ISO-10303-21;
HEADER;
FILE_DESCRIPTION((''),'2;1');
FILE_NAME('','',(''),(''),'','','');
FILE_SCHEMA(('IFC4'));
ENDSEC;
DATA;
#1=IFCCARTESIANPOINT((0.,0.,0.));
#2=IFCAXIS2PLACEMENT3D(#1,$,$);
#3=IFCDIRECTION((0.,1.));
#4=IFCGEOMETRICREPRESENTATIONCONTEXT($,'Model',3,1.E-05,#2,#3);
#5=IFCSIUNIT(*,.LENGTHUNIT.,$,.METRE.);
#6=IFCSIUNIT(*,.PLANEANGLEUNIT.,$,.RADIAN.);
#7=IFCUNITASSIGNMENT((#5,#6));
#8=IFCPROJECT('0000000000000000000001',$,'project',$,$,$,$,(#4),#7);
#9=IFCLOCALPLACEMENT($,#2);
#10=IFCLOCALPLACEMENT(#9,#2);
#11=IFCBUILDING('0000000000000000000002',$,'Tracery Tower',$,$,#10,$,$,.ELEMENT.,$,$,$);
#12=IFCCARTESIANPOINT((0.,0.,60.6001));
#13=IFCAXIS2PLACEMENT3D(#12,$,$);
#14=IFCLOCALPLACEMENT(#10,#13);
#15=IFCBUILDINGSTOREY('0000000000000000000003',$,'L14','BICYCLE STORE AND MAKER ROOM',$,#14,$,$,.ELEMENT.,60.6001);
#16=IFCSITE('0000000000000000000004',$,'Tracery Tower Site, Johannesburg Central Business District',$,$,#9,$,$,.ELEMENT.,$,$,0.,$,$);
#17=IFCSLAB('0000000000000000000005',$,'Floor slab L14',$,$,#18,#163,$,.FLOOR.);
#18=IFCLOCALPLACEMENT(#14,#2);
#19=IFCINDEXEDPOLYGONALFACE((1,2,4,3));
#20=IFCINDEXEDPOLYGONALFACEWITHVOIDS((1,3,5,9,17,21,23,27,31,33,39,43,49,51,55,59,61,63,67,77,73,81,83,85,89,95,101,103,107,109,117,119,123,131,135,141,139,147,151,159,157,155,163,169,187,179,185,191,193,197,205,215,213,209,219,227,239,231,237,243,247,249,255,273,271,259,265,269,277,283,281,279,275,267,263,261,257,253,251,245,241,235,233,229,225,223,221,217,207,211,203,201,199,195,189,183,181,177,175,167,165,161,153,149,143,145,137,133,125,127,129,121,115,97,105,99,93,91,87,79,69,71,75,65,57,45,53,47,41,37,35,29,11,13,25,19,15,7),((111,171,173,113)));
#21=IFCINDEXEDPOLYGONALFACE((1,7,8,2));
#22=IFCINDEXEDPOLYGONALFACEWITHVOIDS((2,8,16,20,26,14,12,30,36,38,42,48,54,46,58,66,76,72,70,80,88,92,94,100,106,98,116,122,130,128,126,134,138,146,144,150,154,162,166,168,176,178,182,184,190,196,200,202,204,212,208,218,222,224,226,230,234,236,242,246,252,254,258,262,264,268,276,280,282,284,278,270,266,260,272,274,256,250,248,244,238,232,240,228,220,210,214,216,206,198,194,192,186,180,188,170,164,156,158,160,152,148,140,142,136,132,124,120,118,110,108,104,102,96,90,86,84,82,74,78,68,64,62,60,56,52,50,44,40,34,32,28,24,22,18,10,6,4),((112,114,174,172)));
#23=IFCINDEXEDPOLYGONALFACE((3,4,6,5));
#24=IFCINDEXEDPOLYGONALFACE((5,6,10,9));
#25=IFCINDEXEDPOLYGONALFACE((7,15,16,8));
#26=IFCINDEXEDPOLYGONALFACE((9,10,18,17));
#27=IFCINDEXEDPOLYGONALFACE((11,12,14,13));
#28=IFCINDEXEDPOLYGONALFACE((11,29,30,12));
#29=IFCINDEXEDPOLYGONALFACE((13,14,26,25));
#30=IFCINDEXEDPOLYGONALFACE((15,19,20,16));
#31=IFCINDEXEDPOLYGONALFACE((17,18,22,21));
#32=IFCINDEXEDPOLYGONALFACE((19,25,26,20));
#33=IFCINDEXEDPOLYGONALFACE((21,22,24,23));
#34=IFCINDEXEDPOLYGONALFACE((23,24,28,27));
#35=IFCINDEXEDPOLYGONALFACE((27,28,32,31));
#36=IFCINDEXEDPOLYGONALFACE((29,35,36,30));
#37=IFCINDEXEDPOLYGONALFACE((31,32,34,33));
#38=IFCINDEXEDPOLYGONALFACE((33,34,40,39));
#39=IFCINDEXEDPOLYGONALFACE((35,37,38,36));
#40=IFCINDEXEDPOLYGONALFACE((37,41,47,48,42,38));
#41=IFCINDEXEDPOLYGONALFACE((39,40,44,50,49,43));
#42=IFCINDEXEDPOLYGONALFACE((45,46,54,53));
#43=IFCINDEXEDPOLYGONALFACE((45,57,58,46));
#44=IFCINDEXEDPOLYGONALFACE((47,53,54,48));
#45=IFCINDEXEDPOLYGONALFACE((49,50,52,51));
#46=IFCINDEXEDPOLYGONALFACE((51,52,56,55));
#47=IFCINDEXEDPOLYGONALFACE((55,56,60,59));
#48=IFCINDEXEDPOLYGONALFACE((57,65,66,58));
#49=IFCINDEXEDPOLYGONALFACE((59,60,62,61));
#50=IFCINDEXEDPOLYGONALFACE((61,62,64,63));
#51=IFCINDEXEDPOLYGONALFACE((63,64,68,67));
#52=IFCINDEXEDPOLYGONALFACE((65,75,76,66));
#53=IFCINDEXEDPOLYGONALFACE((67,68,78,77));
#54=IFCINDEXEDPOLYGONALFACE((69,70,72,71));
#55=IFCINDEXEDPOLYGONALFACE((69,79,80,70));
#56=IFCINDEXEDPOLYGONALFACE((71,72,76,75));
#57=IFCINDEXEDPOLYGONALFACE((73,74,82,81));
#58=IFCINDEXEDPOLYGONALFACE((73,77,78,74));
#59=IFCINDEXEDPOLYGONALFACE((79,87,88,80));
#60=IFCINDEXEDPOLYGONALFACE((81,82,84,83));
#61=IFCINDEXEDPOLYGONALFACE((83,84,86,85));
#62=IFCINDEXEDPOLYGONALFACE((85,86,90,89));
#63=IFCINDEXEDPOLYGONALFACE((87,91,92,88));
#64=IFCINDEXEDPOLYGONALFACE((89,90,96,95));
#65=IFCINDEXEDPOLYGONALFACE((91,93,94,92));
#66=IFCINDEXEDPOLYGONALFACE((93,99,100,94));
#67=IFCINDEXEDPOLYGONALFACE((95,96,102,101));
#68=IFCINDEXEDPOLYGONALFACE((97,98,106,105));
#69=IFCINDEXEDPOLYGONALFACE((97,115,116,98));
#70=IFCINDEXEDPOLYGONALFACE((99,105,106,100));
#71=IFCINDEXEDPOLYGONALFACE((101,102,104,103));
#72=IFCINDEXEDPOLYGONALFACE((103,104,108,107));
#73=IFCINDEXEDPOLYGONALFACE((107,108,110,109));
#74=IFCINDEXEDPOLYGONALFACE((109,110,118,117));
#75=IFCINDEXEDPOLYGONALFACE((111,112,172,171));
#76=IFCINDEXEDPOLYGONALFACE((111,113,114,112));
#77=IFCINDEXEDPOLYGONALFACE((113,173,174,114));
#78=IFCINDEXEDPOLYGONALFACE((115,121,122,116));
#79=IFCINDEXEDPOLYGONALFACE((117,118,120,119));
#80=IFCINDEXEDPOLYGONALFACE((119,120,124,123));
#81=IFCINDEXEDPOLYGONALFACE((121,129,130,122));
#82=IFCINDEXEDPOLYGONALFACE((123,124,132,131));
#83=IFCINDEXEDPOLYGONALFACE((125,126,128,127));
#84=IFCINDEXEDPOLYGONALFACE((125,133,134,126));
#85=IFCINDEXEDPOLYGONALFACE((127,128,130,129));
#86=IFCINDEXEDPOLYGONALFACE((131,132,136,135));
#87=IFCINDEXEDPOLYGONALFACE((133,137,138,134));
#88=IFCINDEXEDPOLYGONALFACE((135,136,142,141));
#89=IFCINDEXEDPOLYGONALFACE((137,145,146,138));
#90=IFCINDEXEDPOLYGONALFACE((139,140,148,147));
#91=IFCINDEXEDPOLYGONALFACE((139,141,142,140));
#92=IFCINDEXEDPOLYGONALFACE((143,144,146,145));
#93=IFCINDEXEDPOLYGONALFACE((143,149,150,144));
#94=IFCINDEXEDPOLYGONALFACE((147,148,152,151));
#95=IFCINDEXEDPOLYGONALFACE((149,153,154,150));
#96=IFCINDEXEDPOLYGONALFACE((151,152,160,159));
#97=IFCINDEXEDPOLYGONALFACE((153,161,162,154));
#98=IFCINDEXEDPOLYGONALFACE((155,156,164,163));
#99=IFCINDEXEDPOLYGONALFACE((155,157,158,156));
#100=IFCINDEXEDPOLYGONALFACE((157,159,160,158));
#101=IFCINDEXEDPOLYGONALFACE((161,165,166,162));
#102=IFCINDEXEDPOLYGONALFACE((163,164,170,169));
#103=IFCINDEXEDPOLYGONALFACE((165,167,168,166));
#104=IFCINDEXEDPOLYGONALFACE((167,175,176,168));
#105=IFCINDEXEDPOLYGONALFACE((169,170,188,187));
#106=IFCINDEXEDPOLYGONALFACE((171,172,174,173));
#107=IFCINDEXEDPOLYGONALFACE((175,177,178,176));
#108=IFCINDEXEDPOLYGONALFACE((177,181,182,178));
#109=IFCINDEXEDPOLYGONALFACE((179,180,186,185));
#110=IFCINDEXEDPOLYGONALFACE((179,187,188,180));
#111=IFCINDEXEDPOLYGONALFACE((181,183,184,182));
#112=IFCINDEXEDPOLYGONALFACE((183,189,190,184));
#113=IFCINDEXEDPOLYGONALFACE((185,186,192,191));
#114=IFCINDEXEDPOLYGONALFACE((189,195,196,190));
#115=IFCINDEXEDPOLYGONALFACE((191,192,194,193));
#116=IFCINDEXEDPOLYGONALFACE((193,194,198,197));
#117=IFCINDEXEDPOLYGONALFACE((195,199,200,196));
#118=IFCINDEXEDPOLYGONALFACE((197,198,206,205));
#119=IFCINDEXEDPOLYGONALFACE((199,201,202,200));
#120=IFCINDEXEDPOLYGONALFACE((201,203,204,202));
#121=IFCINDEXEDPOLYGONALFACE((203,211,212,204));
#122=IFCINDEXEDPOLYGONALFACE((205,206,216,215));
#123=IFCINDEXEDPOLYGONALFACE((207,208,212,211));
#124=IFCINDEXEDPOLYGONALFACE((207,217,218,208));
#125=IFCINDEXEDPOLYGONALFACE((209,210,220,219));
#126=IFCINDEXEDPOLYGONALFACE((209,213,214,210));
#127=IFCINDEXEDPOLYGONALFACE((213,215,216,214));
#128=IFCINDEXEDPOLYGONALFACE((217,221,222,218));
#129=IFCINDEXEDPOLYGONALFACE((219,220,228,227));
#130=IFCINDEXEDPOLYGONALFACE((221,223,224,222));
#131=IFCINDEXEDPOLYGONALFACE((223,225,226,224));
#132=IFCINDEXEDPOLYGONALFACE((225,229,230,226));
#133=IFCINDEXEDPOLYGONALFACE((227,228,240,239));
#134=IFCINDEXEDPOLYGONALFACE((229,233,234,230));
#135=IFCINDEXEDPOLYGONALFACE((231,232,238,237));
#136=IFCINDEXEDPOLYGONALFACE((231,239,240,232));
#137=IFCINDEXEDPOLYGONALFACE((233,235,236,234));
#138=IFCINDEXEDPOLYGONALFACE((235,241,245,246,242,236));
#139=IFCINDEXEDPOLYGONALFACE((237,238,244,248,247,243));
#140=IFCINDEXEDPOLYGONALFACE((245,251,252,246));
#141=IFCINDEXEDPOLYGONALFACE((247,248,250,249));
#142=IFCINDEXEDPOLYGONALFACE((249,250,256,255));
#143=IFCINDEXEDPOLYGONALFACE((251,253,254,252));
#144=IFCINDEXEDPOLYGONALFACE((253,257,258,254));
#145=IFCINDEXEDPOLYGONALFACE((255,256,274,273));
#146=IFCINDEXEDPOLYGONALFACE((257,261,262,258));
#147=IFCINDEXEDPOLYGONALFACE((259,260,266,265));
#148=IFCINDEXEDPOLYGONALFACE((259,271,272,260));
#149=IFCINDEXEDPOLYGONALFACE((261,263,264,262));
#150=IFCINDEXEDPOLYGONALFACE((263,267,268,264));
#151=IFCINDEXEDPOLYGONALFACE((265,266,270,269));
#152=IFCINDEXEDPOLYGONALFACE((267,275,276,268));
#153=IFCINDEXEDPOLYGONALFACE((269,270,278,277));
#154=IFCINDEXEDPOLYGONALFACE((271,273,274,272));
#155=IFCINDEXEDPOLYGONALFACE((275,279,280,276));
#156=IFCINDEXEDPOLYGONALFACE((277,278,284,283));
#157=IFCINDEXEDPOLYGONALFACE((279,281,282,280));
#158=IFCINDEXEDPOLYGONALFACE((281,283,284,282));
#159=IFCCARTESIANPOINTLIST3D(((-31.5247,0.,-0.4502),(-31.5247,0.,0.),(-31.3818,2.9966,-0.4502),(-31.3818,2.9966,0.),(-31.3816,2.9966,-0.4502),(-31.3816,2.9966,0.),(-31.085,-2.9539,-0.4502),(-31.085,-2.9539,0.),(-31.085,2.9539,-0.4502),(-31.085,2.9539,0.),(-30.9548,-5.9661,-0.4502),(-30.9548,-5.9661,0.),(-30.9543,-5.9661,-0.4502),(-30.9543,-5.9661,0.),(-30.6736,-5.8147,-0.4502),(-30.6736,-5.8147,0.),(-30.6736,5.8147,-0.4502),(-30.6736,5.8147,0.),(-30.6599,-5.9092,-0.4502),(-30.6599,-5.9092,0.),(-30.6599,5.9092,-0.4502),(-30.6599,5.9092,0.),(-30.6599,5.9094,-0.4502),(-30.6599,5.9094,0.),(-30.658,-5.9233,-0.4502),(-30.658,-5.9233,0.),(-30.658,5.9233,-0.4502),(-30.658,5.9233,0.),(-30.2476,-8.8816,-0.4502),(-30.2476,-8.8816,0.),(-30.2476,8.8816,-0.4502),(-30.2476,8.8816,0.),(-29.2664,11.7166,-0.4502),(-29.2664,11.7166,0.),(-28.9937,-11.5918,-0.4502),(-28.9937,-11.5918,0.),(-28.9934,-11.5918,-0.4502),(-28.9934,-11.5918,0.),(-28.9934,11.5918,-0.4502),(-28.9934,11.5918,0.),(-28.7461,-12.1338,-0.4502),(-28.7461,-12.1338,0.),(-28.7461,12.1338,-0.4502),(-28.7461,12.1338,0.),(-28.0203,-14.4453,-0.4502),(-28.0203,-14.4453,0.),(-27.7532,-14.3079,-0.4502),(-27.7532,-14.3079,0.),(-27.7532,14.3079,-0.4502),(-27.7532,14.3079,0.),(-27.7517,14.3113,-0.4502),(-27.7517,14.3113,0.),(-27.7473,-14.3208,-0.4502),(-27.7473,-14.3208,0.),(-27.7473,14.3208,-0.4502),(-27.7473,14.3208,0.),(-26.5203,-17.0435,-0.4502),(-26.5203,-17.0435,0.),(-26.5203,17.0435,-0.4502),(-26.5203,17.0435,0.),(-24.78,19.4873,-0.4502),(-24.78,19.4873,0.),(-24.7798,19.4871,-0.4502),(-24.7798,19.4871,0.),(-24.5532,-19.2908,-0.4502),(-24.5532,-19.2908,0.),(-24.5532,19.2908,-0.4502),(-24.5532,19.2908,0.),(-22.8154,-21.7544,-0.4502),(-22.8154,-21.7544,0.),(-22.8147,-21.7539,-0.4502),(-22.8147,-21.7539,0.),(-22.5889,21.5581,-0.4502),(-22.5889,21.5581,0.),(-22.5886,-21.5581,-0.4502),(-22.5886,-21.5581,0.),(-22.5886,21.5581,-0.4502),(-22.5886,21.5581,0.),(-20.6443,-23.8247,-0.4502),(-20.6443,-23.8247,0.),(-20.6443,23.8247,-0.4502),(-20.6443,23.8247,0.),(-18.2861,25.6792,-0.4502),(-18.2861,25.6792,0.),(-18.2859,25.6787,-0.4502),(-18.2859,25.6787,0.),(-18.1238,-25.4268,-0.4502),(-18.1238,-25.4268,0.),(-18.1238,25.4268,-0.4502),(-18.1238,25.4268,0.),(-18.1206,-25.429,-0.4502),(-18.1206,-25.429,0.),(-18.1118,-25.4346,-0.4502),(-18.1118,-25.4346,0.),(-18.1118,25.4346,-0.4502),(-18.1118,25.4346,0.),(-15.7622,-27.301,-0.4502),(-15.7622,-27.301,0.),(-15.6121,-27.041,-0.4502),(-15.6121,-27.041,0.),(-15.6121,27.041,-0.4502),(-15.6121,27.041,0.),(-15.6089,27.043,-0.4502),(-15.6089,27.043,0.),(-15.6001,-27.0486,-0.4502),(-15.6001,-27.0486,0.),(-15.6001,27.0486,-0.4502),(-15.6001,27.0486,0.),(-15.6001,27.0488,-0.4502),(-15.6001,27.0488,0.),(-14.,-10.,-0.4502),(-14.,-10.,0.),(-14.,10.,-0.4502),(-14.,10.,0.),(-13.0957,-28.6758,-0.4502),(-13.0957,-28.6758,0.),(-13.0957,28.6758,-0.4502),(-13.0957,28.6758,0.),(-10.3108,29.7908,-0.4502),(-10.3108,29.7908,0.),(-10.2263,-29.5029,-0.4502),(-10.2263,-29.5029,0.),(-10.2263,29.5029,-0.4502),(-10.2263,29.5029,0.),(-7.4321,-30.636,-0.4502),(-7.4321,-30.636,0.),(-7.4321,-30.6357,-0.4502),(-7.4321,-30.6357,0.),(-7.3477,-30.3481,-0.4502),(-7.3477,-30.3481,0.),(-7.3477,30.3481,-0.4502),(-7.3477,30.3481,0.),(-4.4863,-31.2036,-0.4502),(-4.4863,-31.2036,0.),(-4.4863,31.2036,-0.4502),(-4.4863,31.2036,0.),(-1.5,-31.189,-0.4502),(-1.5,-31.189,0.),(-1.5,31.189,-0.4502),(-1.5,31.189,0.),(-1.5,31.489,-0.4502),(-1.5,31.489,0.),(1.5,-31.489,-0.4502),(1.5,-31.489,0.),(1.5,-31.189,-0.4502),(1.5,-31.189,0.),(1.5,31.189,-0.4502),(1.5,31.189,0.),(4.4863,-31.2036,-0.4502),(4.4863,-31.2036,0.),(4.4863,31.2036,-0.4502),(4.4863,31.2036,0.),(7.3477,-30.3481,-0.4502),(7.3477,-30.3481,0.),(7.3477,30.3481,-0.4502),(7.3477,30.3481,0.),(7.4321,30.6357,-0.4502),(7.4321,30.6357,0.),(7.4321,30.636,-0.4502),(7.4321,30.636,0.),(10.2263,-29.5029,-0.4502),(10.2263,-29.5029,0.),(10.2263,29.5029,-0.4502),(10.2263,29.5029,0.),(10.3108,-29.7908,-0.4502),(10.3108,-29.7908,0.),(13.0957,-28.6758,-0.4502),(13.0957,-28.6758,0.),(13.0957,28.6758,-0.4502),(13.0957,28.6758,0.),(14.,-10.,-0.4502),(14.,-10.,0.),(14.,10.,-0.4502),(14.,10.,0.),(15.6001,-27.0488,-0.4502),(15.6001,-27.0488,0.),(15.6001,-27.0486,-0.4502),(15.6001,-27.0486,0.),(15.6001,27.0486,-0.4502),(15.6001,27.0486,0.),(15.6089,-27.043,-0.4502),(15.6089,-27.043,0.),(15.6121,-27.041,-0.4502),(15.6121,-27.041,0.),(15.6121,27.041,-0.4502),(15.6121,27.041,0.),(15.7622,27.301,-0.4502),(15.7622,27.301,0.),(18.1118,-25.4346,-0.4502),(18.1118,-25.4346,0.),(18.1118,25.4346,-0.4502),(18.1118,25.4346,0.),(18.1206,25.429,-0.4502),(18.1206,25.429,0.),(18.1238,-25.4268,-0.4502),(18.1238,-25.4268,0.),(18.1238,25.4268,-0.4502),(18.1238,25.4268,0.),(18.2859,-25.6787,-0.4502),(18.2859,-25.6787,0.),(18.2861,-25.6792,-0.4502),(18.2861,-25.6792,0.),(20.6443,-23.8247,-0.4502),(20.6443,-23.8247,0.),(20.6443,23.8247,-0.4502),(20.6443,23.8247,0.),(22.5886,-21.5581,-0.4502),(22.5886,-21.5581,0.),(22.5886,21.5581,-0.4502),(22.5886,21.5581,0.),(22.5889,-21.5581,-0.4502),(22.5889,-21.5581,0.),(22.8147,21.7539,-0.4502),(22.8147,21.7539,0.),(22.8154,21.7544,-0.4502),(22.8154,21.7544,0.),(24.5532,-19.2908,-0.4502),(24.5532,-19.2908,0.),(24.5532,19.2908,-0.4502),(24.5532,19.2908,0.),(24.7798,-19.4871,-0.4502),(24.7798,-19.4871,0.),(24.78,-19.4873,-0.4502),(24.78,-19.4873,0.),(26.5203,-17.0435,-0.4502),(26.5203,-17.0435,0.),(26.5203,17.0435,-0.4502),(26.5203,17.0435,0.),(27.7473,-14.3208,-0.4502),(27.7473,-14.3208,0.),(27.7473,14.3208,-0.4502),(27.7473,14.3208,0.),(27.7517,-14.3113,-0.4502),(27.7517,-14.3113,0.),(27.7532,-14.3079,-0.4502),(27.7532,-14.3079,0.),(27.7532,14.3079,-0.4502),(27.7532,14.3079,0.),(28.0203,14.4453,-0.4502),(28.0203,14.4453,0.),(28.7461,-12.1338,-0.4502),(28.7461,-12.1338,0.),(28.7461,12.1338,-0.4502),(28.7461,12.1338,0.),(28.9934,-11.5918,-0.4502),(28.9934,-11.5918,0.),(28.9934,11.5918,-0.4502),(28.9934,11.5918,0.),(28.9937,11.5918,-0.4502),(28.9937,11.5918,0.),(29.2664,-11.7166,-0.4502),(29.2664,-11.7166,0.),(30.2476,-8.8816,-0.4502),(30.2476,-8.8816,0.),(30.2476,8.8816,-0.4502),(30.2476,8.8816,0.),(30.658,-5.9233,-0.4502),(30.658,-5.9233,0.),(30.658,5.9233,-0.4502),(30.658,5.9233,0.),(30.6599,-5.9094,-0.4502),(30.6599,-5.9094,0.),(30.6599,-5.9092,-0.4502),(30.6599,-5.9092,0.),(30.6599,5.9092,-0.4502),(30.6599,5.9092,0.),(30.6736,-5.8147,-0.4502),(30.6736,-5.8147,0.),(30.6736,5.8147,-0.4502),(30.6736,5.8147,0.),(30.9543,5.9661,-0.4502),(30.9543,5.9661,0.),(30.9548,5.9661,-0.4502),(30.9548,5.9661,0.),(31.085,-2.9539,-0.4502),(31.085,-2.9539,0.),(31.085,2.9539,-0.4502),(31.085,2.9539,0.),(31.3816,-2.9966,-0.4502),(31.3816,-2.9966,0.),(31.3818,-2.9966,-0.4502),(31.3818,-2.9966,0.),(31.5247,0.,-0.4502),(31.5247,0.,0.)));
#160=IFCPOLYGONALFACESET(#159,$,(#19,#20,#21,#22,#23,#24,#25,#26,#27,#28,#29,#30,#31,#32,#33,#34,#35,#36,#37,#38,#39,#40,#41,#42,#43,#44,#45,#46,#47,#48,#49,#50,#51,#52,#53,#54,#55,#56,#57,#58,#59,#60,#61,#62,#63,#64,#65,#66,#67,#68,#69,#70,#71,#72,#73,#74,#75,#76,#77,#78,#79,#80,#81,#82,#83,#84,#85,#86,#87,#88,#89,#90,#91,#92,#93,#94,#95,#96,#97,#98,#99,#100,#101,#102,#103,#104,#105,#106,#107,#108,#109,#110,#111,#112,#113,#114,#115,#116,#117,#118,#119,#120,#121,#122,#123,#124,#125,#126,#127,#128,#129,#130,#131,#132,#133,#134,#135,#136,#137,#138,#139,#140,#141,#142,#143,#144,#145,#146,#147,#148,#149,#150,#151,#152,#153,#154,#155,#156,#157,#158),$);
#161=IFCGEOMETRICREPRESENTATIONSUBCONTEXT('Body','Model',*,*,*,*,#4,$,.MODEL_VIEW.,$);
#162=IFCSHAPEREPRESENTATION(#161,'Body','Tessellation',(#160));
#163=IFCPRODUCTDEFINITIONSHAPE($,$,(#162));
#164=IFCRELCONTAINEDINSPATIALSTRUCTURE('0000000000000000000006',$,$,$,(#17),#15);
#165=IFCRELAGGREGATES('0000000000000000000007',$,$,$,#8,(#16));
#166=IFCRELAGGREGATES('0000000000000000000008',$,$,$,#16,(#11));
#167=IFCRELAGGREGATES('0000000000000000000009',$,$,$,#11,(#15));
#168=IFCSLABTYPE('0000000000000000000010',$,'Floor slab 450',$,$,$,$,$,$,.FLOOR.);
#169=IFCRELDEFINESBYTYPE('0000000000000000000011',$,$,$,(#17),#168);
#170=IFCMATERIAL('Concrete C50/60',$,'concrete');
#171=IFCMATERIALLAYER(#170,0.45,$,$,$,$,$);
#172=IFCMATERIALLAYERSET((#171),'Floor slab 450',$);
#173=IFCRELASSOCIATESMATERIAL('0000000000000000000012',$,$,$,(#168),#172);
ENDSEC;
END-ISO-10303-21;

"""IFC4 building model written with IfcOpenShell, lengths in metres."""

from ifc_helpers import new_model, si_unit, direction, frame, origin, place, context, subcontext, project, spatial, polyline, outline, extrude, material, layer, layer_set, type_object, element, save


model = new_model("IFC4")

# Units and contexts
model_context = context("Model", 3, precision=1e-05, world=origin(), true_north=direction((0.0, 1.0)))
body_context = subcontext(model_context, "Body", "Model", "MODEL_VIEW")
ifc_project = project(units=[si_unit("LENGTHUNIT", "METRE"), si_unit("PLANEANGLEUNIT", "RADIAN")], contexts=[model_context])

# Site, building, storey
site_placement = place(None, origin())
site = spatial("IfcSite", under=ifc_project, at=site_placement, Name="Tracery Tower Site, Johannesburg Central Business District", CompositionType="ELEMENT", RefElevation=0.0)
building_placement = place(site_placement, origin())
building = spatial("IfcBuilding", under=site, at=building_placement, Name="Tracery Tower", CompositionType="ELEMENT")
storey_placement = place(building_placement, frame((0.0, 0.0, 60.6001)))
storey = spatial("IfcBuildingStorey", under=building, at=storey_placement, Name="L14", Description="BICYCLE STORE AND MAKER ROOM", CompositionType="ELEMENT", Elevation=60.6001)

# Slab
ifc_material_1 = material(Name="Concrete C50/60", Category="concrete")
ifc_layer_1 = layer(ifc_material_1, 0.45)
ifc_layer_set_1 = layer_set([ifc_layer_1], Name="Floor slab 450")
slab_type_1 = type_object("IfcSlabType", Name="Floor slab 450", PredefinedType="FLOOR", material=ifc_layer_set_1)
slab_1_placement = place(storey_placement, frame((0.0, 0.0, -0.4502)))
element("IfcSlab", 1, at=slab_1_placement, inside=storey, type_object=slab_type_1, Name="Floor slab L14", PredefinedType="FLOOR", context=body_context, shape_type="SweptSolid", body=[
    extrude(outline(polyline([(31.085, 2.9539), (31.085, 2.9539), (30.6736, 5.8147), (30.6599, 5.9092), (30.6599, 5.9092), (30.658, 5.9233), (30.9543, 5.9661), (30.9548, 5.9661), (30.2476, 8.8816), (28.9937, 11.5918), (28.9934, 11.5918), (28.7461, 12.1338), (27.7532, 14.3079), (27.7532, 14.3079), (27.7473, 14.3208), (28.0203, 14.4453), (26.5203, 17.0435), (24.5532, 19.2908), (24.5532, 19.2908), (22.5886, 21.5581), (22.8147, 21.7539), (22.8154, 21.7544), (20.6443, 23.8247), (18.1238, 25.4268), (18.1238, 25.4268), (18.1206, 25.429), (18.1118, 25.4346), (15.6121, 27.041), (15.6121, 27.041), (15.6001, 27.0486), (15.7622, 27.301), (13.0957, 28.6758), (10.2263, 29.5029), (10.2263, 29.5029), (7.3477, 30.3481), (7.4321, 30.6357), (7.4321, 30.636), (4.4863, 31.2036), (1.5, 31.189), (1.5, 31.189), (-1.5, 31.189), (-1.5, 31.489), (-4.4863, 31.2036), (-7.3477, 30.3481), (-7.3477, 30.3481), (-10.2263, 29.5029), (-10.3108, 29.7908), (-10.3108, 29.7908), (-13.0957, 28.6758), (-15.6001, 27.0488), (-15.6001, 27.0486), (-15.6089, 27.043), (-15.6121, 27.041), (-18.1118, 25.4346), (-18.1118, 25.4346), (-18.1238, 25.4268), (-18.2859, 25.6787), (-18.2861, 25.6792), (-20.6443, 23.8247), (-22.5889, 21.5581), (-22.5886, 21.5581), (-24.5532, 19.2908), (-24.7798, 19.4871), (-24.78, 19.4873), (-26.5203, 17.0435), (-27.7473, 14.3208), (-27.7473, 14.3208), (-27.7517, 14.3113), (-27.7532, 14.3079), (-28.7461, 12.1338), (-28.9934, 11.5918), (-29.2664, 11.7166), (-30.2476, 8.8816), (-30.658, 5.9233), (-30.658, 5.9233), (-30.6599, 5.9094), (-30.6599, 5.9092), (-30.6736, 5.8147), (-31.085, 2.9539), (-31.3816, 2.9966), (-31.3818, 2.9966), (-31.5247, 0.0), (-31.085, -2.9539), (-31.085, -2.9539), (-30.6736, -5.8147), (-30.6599, -5.9092), (-30.6599, -5.9092), (-30.658, -5.9233), (-30.9543, -5.9661), (-30.9548, -5.9661), (-30.2476, -8.8816), (-28.9937, -11.5918), (-28.9934, -11.5918), (-28.7461, -12.1338), (-27.7532, -14.3079), (-27.7532, -14.3079), (-27.7473, -14.3208), (-28.0203, -14.4453), (-26.5203, -17.0435), (-24.5532, -19.2908), (-24.5532, -19.2908), (-22.5886, -21.5581), (-22.8147, -21.7539), (-22.8154, -21.7544), (-20.6443, -23.8247), (-18.1238, -25.4268), (-18.1238, -25.4268), (-18.1206, -25.429), (-18.1118, -25.4346), (-15.6121, -27.041), (-15.6121, -27.041), (-15.6001, -27.0486), (-15.7622, -27.301), (-13.0957, -28.6758), (-10.2263, -29.5029), (-10.2263, -29.5029), (-7.3477, -30.3481), (-7.4321, -30.6357), (-7.4321, -30.636), (-4.4863, -31.2036), (-1.5, -31.189), (-1.5, -31.189), (1.5, -31.189), (1.5, -31.489), (4.4863, -31.2036), (7.3477, -30.3481), (7.3477, -30.3481), (10.2263, -29.5029), (10.3108, -29.7908), (10.3108, -29.7908), (13.0957, -28.6758), (15.6001, -27.0488), (15.6001, -27.0486), (15.6089, -27.043), (15.6121, -27.041), (18.1118, -25.4346), (18.1118, -25.4346), (18.1238, -25.4268), (18.2859, -25.6787), (18.2861, -25.6792), (20.6443, -23.8247), (22.5889, -21.5581), (22.5886, -21.5581), (24.5532, -19.2908), (24.7798, -19.4871), (24.78, -19.4873), (26.5203, -17.0435), (27.7473, -14.3208), (27.7473, -14.3208), (27.7517, -14.3113), (27.7532, -14.3079), (28.7461, -12.1338), (28.9934, -11.5918), (29.2664, -11.7166), (30.2476, -8.8816), (30.658, -5.9233), (30.658, -5.9233), (30.6599, -5.9094), (30.6599, -5.9092), (30.6736, -5.8147), (31.085, -2.9539), (31.3816, -2.9966), (31.3818, -2.9966), (31.5247, 0.0), (31.085, 2.9539)]), holes=[polyline([(-14.0, -10.0), (14.0, -10.0), (14.0, 10.0), (-14.0, 10.0), (-14.0, -10.0)])]), origin(), (0.0, 0.0, 1.0), 0.4502),
])

save(model, "model.ifc")
